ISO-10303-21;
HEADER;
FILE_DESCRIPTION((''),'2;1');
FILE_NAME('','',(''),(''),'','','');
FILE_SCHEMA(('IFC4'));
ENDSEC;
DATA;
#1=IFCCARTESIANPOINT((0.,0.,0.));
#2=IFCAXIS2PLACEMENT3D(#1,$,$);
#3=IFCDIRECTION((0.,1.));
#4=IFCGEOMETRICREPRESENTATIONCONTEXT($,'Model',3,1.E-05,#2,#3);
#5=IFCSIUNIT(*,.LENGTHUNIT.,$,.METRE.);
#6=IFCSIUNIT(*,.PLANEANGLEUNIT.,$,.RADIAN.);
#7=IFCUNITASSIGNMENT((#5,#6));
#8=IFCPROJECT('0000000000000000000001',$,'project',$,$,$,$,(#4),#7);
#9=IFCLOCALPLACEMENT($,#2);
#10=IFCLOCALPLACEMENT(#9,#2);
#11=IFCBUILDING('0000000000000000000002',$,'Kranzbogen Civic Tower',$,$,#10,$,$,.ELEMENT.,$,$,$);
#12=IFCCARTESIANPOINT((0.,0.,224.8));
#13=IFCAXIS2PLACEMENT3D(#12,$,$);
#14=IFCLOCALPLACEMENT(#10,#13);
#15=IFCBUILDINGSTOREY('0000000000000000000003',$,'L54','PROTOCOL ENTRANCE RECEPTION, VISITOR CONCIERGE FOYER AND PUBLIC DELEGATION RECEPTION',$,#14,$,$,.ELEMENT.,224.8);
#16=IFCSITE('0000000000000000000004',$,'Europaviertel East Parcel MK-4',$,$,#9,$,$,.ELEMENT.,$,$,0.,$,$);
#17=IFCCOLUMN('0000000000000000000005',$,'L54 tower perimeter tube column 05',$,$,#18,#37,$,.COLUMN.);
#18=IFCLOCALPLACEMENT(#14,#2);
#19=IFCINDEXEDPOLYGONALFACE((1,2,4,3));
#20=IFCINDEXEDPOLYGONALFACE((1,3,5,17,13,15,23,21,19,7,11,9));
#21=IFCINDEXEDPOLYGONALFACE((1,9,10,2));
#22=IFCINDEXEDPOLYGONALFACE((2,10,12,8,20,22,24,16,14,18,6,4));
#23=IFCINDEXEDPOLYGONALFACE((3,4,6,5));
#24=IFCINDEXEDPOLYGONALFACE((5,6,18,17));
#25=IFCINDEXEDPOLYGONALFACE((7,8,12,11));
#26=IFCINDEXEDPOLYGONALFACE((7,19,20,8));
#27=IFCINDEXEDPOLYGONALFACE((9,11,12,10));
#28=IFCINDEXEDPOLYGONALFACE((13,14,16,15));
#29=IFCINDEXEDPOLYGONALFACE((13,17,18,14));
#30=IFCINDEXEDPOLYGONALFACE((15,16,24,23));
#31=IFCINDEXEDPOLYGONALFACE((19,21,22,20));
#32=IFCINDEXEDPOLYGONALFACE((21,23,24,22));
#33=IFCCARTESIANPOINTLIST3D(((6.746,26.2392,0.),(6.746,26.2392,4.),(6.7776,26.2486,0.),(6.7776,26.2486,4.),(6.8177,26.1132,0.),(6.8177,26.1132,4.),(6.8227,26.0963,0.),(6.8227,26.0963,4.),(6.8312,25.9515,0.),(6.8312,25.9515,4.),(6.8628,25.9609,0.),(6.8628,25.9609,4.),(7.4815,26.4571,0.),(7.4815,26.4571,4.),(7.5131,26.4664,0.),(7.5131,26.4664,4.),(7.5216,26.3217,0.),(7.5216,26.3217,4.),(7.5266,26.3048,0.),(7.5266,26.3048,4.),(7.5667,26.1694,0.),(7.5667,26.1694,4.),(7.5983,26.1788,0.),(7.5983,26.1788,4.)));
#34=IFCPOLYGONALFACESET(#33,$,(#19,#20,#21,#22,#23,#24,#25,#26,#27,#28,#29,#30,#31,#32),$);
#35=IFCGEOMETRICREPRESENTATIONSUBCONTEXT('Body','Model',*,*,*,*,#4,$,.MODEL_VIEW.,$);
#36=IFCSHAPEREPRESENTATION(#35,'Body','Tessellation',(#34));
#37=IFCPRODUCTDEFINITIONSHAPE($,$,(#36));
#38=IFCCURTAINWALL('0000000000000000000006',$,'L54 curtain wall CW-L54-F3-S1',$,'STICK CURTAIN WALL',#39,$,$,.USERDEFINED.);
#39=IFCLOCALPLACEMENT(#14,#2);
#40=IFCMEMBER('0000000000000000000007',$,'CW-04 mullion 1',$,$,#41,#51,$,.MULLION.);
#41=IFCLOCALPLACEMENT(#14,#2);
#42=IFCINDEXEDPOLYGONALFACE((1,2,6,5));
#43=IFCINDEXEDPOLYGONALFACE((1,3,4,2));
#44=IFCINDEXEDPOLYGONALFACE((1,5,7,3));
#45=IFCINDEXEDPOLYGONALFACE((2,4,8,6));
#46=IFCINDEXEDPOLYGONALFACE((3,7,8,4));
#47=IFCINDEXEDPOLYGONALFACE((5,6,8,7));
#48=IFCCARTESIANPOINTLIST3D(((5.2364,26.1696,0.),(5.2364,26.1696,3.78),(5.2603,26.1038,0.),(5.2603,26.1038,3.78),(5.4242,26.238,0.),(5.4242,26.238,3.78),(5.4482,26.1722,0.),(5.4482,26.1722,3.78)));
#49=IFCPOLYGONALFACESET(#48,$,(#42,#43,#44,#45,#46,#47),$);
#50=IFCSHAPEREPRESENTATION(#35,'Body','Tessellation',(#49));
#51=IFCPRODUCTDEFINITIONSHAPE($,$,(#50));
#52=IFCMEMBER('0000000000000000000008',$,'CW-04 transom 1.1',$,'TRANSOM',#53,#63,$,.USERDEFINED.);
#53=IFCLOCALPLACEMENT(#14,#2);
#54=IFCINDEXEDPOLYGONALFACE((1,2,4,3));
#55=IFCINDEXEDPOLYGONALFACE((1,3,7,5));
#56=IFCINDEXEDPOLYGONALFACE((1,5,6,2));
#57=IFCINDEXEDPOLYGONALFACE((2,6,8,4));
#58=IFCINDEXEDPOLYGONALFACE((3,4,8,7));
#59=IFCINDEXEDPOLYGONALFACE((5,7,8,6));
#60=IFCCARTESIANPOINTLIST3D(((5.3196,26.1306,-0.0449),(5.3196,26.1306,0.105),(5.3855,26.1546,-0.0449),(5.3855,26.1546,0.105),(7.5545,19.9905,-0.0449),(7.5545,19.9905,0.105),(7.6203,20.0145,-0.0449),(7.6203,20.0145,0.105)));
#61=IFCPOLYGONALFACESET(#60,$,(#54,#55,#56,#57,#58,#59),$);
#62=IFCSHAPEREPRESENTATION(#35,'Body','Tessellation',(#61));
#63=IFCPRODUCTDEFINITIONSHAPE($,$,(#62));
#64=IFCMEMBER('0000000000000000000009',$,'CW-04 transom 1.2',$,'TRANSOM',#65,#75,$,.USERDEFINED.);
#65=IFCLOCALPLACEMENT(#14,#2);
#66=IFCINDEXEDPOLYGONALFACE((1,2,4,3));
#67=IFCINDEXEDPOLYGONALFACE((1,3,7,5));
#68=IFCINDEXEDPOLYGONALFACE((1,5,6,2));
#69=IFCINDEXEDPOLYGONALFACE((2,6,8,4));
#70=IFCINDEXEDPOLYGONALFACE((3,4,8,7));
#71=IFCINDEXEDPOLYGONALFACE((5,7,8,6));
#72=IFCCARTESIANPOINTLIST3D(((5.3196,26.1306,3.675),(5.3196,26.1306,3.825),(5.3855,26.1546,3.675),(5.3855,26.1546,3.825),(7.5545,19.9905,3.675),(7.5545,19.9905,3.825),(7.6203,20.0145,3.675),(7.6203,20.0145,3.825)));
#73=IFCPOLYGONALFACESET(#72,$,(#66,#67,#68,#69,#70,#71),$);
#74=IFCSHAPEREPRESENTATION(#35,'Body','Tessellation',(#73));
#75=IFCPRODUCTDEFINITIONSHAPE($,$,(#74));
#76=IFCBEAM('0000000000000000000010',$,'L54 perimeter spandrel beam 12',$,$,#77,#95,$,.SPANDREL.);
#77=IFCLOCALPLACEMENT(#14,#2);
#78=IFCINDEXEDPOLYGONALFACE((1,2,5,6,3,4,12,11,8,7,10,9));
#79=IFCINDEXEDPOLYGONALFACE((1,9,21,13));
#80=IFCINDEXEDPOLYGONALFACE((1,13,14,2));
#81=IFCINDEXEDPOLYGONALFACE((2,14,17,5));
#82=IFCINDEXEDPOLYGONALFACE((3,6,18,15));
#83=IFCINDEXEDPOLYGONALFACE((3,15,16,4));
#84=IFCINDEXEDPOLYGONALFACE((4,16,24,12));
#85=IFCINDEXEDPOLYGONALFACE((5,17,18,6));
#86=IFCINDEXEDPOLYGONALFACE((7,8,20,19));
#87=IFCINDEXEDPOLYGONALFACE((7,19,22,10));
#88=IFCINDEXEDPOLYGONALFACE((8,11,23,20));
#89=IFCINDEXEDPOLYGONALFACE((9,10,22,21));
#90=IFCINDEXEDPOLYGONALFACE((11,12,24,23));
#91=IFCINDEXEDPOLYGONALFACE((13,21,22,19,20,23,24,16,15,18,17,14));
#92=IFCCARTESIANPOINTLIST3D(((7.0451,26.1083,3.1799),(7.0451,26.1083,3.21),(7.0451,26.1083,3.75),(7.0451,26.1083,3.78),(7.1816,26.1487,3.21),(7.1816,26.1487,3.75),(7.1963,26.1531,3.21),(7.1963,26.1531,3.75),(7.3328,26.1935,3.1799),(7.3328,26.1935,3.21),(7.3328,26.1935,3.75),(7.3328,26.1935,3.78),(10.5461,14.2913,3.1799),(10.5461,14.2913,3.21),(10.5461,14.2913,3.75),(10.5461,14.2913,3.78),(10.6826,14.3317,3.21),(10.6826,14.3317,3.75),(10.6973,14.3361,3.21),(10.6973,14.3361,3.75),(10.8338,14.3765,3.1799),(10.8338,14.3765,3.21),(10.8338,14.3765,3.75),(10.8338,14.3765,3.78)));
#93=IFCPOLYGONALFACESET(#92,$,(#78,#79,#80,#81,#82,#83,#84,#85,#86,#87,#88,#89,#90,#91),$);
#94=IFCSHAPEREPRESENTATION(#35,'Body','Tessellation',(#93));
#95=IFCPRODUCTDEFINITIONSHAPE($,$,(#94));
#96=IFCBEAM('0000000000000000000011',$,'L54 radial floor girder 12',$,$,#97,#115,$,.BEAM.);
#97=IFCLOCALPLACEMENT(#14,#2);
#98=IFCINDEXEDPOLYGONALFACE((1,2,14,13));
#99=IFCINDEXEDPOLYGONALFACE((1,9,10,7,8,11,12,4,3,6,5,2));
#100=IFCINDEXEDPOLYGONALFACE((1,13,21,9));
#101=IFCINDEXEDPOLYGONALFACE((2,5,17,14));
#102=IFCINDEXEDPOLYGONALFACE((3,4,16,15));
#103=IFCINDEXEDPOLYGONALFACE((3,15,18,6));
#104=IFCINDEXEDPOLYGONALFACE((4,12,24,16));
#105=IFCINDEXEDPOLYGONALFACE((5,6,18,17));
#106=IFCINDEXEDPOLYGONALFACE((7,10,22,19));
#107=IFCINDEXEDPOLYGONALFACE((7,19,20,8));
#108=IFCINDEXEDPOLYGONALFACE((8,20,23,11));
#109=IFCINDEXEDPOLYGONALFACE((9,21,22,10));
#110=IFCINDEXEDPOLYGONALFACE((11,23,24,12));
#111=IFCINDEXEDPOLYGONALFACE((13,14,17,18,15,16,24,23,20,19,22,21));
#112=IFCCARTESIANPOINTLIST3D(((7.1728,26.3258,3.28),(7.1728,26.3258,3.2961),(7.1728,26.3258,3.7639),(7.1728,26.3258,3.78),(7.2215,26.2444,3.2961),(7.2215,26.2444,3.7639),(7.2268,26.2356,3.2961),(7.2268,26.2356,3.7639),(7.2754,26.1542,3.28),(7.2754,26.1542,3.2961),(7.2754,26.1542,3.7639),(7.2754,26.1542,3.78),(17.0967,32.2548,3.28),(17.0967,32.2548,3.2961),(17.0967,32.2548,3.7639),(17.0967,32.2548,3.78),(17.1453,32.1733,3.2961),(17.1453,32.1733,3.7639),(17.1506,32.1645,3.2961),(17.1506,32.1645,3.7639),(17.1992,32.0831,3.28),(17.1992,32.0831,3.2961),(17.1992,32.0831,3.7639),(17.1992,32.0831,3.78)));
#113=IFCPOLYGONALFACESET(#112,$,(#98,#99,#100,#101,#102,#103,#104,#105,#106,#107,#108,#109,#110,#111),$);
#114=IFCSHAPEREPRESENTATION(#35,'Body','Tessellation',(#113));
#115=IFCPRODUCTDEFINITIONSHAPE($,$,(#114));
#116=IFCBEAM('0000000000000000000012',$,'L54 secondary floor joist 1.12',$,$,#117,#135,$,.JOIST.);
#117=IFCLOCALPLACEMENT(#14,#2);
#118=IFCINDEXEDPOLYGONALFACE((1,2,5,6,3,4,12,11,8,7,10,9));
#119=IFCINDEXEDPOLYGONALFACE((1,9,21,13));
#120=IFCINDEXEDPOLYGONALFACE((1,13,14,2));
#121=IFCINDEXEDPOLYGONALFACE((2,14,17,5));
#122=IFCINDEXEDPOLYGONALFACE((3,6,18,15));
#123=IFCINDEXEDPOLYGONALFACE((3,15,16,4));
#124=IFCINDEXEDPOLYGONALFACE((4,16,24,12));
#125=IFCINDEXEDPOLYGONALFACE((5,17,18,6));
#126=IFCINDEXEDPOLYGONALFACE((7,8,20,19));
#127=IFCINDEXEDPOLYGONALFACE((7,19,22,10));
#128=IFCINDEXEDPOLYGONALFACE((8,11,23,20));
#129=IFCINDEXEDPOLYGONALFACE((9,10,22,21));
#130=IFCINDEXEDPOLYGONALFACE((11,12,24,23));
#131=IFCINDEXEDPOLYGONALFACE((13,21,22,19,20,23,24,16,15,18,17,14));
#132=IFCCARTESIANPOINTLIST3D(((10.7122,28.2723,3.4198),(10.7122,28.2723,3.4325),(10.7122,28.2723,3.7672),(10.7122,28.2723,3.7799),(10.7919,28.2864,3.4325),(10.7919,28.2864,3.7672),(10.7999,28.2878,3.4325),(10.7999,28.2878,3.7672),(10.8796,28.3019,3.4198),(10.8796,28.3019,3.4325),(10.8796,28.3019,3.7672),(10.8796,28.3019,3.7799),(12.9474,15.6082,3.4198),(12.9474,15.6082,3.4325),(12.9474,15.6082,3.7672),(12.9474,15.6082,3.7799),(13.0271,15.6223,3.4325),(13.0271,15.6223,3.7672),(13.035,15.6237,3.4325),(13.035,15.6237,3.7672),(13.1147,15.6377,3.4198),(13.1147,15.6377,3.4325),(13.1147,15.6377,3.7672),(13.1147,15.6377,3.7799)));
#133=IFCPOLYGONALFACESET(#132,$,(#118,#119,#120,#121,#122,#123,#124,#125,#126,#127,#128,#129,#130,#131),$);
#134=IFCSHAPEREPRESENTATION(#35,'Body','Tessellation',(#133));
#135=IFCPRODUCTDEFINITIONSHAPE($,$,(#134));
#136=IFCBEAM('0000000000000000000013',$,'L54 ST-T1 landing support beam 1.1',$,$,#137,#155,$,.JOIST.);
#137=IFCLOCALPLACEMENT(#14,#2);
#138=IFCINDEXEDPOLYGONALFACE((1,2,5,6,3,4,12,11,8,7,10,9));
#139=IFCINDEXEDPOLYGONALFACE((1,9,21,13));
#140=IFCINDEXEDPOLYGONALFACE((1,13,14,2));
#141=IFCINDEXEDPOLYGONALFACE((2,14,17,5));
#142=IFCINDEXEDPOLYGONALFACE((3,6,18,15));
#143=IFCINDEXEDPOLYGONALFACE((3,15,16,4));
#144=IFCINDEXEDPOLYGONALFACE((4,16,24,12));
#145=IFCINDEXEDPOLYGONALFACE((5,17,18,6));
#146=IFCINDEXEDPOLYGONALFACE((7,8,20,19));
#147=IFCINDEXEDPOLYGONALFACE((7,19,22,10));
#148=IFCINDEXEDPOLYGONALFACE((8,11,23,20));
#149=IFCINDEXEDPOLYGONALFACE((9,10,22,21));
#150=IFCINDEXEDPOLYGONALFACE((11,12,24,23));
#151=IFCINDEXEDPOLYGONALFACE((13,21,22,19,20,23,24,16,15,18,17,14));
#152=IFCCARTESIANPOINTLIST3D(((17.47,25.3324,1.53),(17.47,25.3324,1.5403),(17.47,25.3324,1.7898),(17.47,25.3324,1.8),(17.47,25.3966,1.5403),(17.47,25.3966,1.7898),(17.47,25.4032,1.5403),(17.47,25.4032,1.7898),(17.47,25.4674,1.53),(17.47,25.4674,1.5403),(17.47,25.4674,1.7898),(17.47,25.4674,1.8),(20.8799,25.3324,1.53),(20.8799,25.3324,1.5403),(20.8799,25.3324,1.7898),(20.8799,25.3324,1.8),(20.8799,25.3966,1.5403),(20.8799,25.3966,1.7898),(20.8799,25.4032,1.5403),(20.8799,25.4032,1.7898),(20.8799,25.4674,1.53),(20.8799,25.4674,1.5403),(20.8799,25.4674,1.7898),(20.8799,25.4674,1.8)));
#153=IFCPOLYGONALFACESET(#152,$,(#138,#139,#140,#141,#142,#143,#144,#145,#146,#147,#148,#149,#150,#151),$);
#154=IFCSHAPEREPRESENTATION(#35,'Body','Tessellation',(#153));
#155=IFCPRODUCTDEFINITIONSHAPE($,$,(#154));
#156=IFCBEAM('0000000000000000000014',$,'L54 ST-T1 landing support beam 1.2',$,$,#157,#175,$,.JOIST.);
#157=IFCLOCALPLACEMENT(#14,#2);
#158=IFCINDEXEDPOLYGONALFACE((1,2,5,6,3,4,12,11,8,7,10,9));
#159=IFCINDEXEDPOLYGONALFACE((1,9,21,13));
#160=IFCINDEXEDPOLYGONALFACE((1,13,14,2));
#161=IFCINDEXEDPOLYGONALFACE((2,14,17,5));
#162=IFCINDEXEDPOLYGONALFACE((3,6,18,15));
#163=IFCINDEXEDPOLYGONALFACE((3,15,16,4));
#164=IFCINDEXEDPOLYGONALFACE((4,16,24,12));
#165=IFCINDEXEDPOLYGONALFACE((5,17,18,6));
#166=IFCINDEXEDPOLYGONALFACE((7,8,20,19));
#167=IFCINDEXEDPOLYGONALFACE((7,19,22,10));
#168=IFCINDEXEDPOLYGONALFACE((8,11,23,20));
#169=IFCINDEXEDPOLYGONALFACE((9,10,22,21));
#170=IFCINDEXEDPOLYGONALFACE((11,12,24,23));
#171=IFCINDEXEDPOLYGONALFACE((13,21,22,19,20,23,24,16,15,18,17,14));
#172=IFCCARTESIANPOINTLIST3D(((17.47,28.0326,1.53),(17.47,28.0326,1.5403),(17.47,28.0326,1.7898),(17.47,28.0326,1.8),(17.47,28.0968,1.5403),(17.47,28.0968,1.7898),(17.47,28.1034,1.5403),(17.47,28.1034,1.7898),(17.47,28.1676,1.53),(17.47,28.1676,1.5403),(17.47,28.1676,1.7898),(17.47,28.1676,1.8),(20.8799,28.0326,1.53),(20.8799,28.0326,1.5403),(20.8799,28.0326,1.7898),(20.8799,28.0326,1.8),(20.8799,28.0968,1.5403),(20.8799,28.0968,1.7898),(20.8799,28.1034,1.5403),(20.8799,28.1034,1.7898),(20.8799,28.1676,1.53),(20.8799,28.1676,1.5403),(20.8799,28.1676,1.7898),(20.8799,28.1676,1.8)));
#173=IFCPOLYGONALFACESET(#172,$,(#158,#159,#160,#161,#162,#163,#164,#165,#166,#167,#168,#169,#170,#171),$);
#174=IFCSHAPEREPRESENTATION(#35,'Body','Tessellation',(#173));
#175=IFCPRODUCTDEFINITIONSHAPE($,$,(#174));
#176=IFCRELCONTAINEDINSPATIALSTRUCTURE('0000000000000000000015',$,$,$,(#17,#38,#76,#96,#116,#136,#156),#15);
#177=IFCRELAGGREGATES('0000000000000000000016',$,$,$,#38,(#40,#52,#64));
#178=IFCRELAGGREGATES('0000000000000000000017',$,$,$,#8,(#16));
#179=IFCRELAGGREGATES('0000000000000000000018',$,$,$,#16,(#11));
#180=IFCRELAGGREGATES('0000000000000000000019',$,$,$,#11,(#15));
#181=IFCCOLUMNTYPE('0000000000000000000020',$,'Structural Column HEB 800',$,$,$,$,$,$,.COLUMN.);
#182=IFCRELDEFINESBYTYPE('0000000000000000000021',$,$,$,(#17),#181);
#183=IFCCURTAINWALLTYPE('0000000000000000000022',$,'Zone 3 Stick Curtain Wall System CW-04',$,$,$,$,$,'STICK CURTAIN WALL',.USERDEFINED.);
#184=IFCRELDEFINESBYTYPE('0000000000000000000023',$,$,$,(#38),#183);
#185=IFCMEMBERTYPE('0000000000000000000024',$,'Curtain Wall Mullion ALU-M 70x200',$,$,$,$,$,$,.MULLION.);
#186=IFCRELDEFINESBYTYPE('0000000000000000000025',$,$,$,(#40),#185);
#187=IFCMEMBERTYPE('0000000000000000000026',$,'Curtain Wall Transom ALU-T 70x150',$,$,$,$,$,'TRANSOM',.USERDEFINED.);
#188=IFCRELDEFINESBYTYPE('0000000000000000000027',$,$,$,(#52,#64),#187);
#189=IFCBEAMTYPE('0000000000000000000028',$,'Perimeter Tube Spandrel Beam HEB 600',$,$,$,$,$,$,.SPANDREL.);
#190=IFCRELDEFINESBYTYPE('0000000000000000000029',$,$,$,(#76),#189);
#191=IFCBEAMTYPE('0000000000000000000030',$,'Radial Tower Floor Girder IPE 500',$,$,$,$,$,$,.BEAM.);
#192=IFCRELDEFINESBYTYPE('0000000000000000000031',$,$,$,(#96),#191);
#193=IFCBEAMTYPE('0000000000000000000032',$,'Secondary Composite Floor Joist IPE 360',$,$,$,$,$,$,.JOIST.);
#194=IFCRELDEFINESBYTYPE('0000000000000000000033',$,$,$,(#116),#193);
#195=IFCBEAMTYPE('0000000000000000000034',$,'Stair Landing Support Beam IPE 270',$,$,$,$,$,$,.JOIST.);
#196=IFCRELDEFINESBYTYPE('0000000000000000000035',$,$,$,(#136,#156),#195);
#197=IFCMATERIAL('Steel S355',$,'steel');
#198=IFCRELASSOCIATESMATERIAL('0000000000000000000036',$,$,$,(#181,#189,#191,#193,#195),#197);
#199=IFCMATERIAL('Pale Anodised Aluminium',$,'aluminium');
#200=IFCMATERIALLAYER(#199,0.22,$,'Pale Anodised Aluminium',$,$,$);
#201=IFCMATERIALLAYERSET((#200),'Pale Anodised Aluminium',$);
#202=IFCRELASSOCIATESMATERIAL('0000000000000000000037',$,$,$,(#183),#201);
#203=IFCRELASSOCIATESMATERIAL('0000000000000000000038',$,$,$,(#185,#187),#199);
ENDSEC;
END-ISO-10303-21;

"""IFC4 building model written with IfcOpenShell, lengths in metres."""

from ifc_helpers import new_model, si_unit, direction, frame, origin, origin_2d, place, context, subcontext, project, spatial, rectangle, i_section, extrude, material, layer, layer_set, material_profile, profile_set, type_object, element, aggregate, save


model = new_model("IFC4")

# Units and contexts
model_context = context("Model", 3, precision=1e-05, world=origin(), true_north=direction((0.0, 1.0)))
body_context = subcontext(model_context, "Body", "Model", "MODEL_VIEW")
ifc_project = project(units=[si_unit("LENGTHUNIT", "METRE"), si_unit("PLANEANGLEUNIT", "RADIAN")], contexts=[model_context])

# Site, building, storey
site_placement = place(None, origin())
site = spatial("IfcSite", under=ifc_project, at=site_placement, Name="Europaviertel East Parcel MK-4", CompositionType="ELEMENT", RefElevation=0.0)
building_placement = place(site_placement, origin())
building = spatial("IfcBuilding", under=site, at=building_placement, Name="Kranzbogen Civic Tower", CompositionType="ELEMENT")
storey_placement = place(building_placement, frame((0.0, 0.0, 224.8)))
storey = spatial("IfcBuildingStorey", under=building, at=storey_placement, Name="L54", Description="PROTOCOL ENTRANCE RECEPTION, VISITOR CONCIERGE FOYER AND PUBLIC DELEGATION RECEPTION", CompositionType="ELEMENT", Elevation=224.8)

# Column
ifc_material_1 = material(Name="Steel S355", Category="steel")
ifc_material_profile_1 = material_profile(ifc_material_1, i_section(OverallWidth=0.3, OverallDepth=0.8, WebThickness=0.0176, FlangeThickness=0.033, at=origin_2d()), Name="HEB 800")
ifc_profile_set_1 = profile_set([ifc_material_profile_1], Name="Steel S355")
column_type = type_object("IfcColumnType", Name="Structural Column HEB 800", PredefinedType="COLUMN", material=ifc_profile_set_1)
column_placement = place(storey_placement, frame((7.1721, 26.209, 0.0), z_axis=(0.0, 0.0, 1.0), x_axis=(-0.284015, 0.95882, 0.0)))
element("IfcColumn", 1, at=column_placement, inside=storey, type_object=column_type, Name="L54 tower perimeter tube column 05", PredefinedType="COLUMN", context=body_context, shape_type="SweptSolid", body=[
    extrude(i_section(OverallWidth=0.3, OverallDepth=0.8, WebThickness=0.0176, FlangeThickness=0.033, at=origin_2d()), origin(), (0.0, 0.0, 1.0), 4.0),
])

# Curtain wall, members
ifc_material_2 = material(Name="Pale Anodised Aluminium", Category="aluminium")
ifc_layer_1 = layer(ifc_material_2, 0.22, Name="Pale Anodised Aluminium")
ifc_layer_set_1 = layer_set([ifc_layer_1], Name="Pale Anodised Aluminium")
curtain_wall_type = type_object("IfcCurtainWallType", Name="Zone 3 Stick Curtain Wall System CW-04", ElementType="STICK CURTAIN WALL", PredefinedType="USERDEFINED", material=ifc_layer_set_1)
curtain_wall_placement = place(storey_placement, origin())
curtain_wall = element("IfcCurtainWall", 2, at=curtain_wall_placement, inside=storey, type_object=curtain_wall_type, Name="L54 curtain wall CW-L54-F3-S1", ObjectType="STICK CURTAIN WALL", PredefinedType="USERDEFINED")
ifc_material_profile_2 = material_profile(ifc_material_2, rectangle(XDim=0.0701, YDim=0.2, at=origin_2d()), Name="ALU-M 70x200")
ifc_profile_set_2 = profile_set([ifc_material_profile_2], Name="Pale Anodised Aluminium")
member_type_1 = type_object("IfcMemberType", Name="Curtain Wall Mullion ALU-M 70x200", PredefinedType="MULLION", material=ifc_profile_set_2)
member_1_placement = place(storey_placement, frame((5.3423, 26.1709, 0.0), z_axis=(0.0, 0.0, 1.0), x_axis=(0.342033, -0.939688, 0.0)))
member_1 = element("IfcMember", 3, at=member_1_placement, type_object=member_type_1, Name="CW-04 mullion 1", PredefinedType="MULLION", context=body_context, shape_type="SweptSolid", body=[
    extrude(rectangle(XDim=0.0701, YDim=0.2, at=origin_2d()), origin(), (0.0, 0.0, 1.0), 3.78),
])
ifc_material_profile_3 = material_profile(ifc_material_2, rectangle(XDim=0.0701, YDim=0.1499, at=origin_2d()), Name="ALU-T 70x150")
ifc_profile_set_3 = profile_set([ifc_material_profile_3], Name="Pale Anodised Aluminium")
member_type_2 = type_object("IfcMemberType", Name="Curtain Wall Transom ALU-T 70x150", ElementType="TRANSOM", PredefinedType="USERDEFINED", material=ifc_profile_set_3)
member_2_placement = place(storey_placement, frame((5.3525, 26.1426, 0.03), z_axis=(0.342025, -0.939691, 0.0), x_axis=(0.939691, 0.342025, 0.0)))
member_2 = element("IfcMember", 4, at=member_2_placement, type_object=member_type_2, Name="CW-04 transom 1.1", ObjectType="TRANSOM", PredefinedType="USERDEFINED", context=body_context, shape_type="SweptSolid", body=[
    extrude(rectangle(XDim=0.0701, YDim=0.1499, at=origin_2d()), origin(), (0.0, 0.0, 1.0), 6.5342),
])
member_3_placement = place(storey_placement, frame((5.3525, 26.1426, 3.75), z_axis=(0.342025, -0.939691, 0.0), x_axis=(0.939691, 0.342025, 0.0)))
member_3 = element("IfcMember", 5, at=member_3_placement, type_object=member_type_2, Name="CW-04 transom 1.2", ObjectType="TRANSOM", PredefinedType="USERDEFINED", context=body_context, shape_type="SweptSolid", body=[
    extrude(rectangle(XDim=0.0701, YDim=0.1499, at=origin_2d()), origin(), (0.0, 0.0, 1.0), 6.5342),
])

# Beams
ifc_material_profile_4 = material_profile(ifc_material_1, i_section(OverallWidth=0.3, OverallDepth=0.6001, WebThickness=0.0154, FlangeThickness=0.03, at=origin_2d()), Name="HEB 600")
ifc_profile_set_4 = profile_set([ifc_material_profile_4], Name="Steel S355")
beam_type_1 = type_object("IfcBeamType", Name="Perimeter Tube Spandrel Beam HEB 600", PredefinedType="SPANDREL", material=ifc_profile_set_4)
beam_1_placement = place(storey_placement, frame((7.189, 26.1509, 3.48), z_axis=(0.284064, -0.958805, 0.0), x_axis=(0.958805, 0.284064, 0.0)))
element("IfcBeam", 6, at=beam_1_placement, inside=storey, type_object=beam_type_1, Name="L54 perimeter spandrel beam 12", PredefinedType="SPANDREL", context=body_context, shape_type="SweptSolid", body=[
    extrude(i_section(OverallWidth=0.3, OverallDepth=0.6001, WebThickness=0.0154, FlangeThickness=0.03, at=origin_2d()), origin(), (0.0, 0.0, 1.0), 12.3247),
])
ifc_material_profile_5 = material_profile(ifc_material_1, i_section(OverallWidth=0.2, OverallDepth=0.5, WebThickness=0.0103, FlangeThickness=0.0161, at=origin_2d()), Name="IPE 500")
ifc_profile_set_5 = profile_set([ifc_material_profile_5], Name="Steel S355")
beam_type_2 = type_object("IfcBeamType", Name="Radial Tower Floor Girder IPE 500", PredefinedType="BEAM", material=ifc_profile_set_5)
beam_2_placement = place(storey_placement, frame((7.2241, 26.24, 3.53), z_axis=(0.858459, 0.512883, 0.0), x_axis=(-0.512883, 0.858459, 0.0)))
element("IfcBeam", 7, at=beam_2_placement, inside=storey, type_object=beam_type_2, Name="L54 radial floor girder 12", PredefinedType="BEAM", context=body_context, shape_type="SweptSolid", body=[
    extrude(i_section(OverallWidth=0.2, OverallDepth=0.5, WebThickness=0.0103, FlangeThickness=0.0161, at=origin_2d()), origin(), (0.0, 0.0, 1.0), 11.5601),
])
ifc_material_profile_6 = material_profile(ifc_material_1, i_section(OverallWidth=0.1699, OverallDepth=0.3601, WebThickness=0.0081, FlangeThickness=0.0127, at=origin_2d()), Name="IPE 360")
ifc_profile_set_6 = profile_set([ifc_material_profile_6], Name="Steel S355")
beam_type_3 = type_object("IfcBeamType", Name="Secondary Composite Floor Joist IPE 360", PredefinedType="JOIST", material=ifc_profile_set_6)
beam_3_placement = place(storey_placement, frame((10.7959, 28.2871, 3.5999), z_axis=(0.173806, -0.98478, 0.0), x_axis=(0.98478, 0.173806, 0.0)))
element("IfcBeam", 8, at=beam_3_placement, inside=storey, type_object=beam_type_3, Name="L54 secondary floor joist 1.12", PredefinedType="JOIST", context=body_context, shape_type="SweptSolid", body=[
    extrude(i_section(OverallWidth=0.1699, OverallDepth=0.3601, WebThickness=0.0081, FlangeThickness=0.0127, at=origin_2d()), origin(), (0.0, 0.0, 1.0), 12.8599),
])
ifc_material_profile_7 = material_profile(ifc_material_1, i_section(OverallWidth=0.135, OverallDepth=0.27, WebThickness=0.0066, FlangeThickness=0.0103, at=origin_2d()), Name="IPE 270")
ifc_profile_set_7 = profile_set([ifc_material_profile_7], Name="Steel S355")
beam_type_4 = type_object("IfcBeamType", Name="Stair Landing Support Beam IPE 270", PredefinedType="JOIST", material=ifc_profile_set_7)
for number, where, z_axis, x_axis, name in (
    (9, (20.8799, 25.3999, 1.665), (-1.0, 0.0, 0.0), (0.0, -1.0, 0.0), "L54 ST-T1 landing support beam 1.1"),
    (10, (20.8799, 28.1001, 1.665), (-1.0, 0.0, 0.0), (0.0, -1.0, 0.0), "L54 ST-T1 landing support beam 1.2"),
):
    element("IfcBeam", number, at=place(storey_placement, frame(where, z_axis=z_axis, x_axis=x_axis)), inside=storey, type_object=beam_type_4, Name=name, PredefinedType="JOIST", context=body_context, shape_type="SweptSolid", body=[
        extrude(i_section(OverallWidth=0.135, OverallDepth=0.27, WebThickness=0.0066, FlangeThickness=0.0103, at=origin_2d()), origin(), (0.0, 0.0, 1.0), 3.4099),
    ])

aggregate(curtain_wall, [member_1, member_2, member_3])

save(model, "model.ifc")
